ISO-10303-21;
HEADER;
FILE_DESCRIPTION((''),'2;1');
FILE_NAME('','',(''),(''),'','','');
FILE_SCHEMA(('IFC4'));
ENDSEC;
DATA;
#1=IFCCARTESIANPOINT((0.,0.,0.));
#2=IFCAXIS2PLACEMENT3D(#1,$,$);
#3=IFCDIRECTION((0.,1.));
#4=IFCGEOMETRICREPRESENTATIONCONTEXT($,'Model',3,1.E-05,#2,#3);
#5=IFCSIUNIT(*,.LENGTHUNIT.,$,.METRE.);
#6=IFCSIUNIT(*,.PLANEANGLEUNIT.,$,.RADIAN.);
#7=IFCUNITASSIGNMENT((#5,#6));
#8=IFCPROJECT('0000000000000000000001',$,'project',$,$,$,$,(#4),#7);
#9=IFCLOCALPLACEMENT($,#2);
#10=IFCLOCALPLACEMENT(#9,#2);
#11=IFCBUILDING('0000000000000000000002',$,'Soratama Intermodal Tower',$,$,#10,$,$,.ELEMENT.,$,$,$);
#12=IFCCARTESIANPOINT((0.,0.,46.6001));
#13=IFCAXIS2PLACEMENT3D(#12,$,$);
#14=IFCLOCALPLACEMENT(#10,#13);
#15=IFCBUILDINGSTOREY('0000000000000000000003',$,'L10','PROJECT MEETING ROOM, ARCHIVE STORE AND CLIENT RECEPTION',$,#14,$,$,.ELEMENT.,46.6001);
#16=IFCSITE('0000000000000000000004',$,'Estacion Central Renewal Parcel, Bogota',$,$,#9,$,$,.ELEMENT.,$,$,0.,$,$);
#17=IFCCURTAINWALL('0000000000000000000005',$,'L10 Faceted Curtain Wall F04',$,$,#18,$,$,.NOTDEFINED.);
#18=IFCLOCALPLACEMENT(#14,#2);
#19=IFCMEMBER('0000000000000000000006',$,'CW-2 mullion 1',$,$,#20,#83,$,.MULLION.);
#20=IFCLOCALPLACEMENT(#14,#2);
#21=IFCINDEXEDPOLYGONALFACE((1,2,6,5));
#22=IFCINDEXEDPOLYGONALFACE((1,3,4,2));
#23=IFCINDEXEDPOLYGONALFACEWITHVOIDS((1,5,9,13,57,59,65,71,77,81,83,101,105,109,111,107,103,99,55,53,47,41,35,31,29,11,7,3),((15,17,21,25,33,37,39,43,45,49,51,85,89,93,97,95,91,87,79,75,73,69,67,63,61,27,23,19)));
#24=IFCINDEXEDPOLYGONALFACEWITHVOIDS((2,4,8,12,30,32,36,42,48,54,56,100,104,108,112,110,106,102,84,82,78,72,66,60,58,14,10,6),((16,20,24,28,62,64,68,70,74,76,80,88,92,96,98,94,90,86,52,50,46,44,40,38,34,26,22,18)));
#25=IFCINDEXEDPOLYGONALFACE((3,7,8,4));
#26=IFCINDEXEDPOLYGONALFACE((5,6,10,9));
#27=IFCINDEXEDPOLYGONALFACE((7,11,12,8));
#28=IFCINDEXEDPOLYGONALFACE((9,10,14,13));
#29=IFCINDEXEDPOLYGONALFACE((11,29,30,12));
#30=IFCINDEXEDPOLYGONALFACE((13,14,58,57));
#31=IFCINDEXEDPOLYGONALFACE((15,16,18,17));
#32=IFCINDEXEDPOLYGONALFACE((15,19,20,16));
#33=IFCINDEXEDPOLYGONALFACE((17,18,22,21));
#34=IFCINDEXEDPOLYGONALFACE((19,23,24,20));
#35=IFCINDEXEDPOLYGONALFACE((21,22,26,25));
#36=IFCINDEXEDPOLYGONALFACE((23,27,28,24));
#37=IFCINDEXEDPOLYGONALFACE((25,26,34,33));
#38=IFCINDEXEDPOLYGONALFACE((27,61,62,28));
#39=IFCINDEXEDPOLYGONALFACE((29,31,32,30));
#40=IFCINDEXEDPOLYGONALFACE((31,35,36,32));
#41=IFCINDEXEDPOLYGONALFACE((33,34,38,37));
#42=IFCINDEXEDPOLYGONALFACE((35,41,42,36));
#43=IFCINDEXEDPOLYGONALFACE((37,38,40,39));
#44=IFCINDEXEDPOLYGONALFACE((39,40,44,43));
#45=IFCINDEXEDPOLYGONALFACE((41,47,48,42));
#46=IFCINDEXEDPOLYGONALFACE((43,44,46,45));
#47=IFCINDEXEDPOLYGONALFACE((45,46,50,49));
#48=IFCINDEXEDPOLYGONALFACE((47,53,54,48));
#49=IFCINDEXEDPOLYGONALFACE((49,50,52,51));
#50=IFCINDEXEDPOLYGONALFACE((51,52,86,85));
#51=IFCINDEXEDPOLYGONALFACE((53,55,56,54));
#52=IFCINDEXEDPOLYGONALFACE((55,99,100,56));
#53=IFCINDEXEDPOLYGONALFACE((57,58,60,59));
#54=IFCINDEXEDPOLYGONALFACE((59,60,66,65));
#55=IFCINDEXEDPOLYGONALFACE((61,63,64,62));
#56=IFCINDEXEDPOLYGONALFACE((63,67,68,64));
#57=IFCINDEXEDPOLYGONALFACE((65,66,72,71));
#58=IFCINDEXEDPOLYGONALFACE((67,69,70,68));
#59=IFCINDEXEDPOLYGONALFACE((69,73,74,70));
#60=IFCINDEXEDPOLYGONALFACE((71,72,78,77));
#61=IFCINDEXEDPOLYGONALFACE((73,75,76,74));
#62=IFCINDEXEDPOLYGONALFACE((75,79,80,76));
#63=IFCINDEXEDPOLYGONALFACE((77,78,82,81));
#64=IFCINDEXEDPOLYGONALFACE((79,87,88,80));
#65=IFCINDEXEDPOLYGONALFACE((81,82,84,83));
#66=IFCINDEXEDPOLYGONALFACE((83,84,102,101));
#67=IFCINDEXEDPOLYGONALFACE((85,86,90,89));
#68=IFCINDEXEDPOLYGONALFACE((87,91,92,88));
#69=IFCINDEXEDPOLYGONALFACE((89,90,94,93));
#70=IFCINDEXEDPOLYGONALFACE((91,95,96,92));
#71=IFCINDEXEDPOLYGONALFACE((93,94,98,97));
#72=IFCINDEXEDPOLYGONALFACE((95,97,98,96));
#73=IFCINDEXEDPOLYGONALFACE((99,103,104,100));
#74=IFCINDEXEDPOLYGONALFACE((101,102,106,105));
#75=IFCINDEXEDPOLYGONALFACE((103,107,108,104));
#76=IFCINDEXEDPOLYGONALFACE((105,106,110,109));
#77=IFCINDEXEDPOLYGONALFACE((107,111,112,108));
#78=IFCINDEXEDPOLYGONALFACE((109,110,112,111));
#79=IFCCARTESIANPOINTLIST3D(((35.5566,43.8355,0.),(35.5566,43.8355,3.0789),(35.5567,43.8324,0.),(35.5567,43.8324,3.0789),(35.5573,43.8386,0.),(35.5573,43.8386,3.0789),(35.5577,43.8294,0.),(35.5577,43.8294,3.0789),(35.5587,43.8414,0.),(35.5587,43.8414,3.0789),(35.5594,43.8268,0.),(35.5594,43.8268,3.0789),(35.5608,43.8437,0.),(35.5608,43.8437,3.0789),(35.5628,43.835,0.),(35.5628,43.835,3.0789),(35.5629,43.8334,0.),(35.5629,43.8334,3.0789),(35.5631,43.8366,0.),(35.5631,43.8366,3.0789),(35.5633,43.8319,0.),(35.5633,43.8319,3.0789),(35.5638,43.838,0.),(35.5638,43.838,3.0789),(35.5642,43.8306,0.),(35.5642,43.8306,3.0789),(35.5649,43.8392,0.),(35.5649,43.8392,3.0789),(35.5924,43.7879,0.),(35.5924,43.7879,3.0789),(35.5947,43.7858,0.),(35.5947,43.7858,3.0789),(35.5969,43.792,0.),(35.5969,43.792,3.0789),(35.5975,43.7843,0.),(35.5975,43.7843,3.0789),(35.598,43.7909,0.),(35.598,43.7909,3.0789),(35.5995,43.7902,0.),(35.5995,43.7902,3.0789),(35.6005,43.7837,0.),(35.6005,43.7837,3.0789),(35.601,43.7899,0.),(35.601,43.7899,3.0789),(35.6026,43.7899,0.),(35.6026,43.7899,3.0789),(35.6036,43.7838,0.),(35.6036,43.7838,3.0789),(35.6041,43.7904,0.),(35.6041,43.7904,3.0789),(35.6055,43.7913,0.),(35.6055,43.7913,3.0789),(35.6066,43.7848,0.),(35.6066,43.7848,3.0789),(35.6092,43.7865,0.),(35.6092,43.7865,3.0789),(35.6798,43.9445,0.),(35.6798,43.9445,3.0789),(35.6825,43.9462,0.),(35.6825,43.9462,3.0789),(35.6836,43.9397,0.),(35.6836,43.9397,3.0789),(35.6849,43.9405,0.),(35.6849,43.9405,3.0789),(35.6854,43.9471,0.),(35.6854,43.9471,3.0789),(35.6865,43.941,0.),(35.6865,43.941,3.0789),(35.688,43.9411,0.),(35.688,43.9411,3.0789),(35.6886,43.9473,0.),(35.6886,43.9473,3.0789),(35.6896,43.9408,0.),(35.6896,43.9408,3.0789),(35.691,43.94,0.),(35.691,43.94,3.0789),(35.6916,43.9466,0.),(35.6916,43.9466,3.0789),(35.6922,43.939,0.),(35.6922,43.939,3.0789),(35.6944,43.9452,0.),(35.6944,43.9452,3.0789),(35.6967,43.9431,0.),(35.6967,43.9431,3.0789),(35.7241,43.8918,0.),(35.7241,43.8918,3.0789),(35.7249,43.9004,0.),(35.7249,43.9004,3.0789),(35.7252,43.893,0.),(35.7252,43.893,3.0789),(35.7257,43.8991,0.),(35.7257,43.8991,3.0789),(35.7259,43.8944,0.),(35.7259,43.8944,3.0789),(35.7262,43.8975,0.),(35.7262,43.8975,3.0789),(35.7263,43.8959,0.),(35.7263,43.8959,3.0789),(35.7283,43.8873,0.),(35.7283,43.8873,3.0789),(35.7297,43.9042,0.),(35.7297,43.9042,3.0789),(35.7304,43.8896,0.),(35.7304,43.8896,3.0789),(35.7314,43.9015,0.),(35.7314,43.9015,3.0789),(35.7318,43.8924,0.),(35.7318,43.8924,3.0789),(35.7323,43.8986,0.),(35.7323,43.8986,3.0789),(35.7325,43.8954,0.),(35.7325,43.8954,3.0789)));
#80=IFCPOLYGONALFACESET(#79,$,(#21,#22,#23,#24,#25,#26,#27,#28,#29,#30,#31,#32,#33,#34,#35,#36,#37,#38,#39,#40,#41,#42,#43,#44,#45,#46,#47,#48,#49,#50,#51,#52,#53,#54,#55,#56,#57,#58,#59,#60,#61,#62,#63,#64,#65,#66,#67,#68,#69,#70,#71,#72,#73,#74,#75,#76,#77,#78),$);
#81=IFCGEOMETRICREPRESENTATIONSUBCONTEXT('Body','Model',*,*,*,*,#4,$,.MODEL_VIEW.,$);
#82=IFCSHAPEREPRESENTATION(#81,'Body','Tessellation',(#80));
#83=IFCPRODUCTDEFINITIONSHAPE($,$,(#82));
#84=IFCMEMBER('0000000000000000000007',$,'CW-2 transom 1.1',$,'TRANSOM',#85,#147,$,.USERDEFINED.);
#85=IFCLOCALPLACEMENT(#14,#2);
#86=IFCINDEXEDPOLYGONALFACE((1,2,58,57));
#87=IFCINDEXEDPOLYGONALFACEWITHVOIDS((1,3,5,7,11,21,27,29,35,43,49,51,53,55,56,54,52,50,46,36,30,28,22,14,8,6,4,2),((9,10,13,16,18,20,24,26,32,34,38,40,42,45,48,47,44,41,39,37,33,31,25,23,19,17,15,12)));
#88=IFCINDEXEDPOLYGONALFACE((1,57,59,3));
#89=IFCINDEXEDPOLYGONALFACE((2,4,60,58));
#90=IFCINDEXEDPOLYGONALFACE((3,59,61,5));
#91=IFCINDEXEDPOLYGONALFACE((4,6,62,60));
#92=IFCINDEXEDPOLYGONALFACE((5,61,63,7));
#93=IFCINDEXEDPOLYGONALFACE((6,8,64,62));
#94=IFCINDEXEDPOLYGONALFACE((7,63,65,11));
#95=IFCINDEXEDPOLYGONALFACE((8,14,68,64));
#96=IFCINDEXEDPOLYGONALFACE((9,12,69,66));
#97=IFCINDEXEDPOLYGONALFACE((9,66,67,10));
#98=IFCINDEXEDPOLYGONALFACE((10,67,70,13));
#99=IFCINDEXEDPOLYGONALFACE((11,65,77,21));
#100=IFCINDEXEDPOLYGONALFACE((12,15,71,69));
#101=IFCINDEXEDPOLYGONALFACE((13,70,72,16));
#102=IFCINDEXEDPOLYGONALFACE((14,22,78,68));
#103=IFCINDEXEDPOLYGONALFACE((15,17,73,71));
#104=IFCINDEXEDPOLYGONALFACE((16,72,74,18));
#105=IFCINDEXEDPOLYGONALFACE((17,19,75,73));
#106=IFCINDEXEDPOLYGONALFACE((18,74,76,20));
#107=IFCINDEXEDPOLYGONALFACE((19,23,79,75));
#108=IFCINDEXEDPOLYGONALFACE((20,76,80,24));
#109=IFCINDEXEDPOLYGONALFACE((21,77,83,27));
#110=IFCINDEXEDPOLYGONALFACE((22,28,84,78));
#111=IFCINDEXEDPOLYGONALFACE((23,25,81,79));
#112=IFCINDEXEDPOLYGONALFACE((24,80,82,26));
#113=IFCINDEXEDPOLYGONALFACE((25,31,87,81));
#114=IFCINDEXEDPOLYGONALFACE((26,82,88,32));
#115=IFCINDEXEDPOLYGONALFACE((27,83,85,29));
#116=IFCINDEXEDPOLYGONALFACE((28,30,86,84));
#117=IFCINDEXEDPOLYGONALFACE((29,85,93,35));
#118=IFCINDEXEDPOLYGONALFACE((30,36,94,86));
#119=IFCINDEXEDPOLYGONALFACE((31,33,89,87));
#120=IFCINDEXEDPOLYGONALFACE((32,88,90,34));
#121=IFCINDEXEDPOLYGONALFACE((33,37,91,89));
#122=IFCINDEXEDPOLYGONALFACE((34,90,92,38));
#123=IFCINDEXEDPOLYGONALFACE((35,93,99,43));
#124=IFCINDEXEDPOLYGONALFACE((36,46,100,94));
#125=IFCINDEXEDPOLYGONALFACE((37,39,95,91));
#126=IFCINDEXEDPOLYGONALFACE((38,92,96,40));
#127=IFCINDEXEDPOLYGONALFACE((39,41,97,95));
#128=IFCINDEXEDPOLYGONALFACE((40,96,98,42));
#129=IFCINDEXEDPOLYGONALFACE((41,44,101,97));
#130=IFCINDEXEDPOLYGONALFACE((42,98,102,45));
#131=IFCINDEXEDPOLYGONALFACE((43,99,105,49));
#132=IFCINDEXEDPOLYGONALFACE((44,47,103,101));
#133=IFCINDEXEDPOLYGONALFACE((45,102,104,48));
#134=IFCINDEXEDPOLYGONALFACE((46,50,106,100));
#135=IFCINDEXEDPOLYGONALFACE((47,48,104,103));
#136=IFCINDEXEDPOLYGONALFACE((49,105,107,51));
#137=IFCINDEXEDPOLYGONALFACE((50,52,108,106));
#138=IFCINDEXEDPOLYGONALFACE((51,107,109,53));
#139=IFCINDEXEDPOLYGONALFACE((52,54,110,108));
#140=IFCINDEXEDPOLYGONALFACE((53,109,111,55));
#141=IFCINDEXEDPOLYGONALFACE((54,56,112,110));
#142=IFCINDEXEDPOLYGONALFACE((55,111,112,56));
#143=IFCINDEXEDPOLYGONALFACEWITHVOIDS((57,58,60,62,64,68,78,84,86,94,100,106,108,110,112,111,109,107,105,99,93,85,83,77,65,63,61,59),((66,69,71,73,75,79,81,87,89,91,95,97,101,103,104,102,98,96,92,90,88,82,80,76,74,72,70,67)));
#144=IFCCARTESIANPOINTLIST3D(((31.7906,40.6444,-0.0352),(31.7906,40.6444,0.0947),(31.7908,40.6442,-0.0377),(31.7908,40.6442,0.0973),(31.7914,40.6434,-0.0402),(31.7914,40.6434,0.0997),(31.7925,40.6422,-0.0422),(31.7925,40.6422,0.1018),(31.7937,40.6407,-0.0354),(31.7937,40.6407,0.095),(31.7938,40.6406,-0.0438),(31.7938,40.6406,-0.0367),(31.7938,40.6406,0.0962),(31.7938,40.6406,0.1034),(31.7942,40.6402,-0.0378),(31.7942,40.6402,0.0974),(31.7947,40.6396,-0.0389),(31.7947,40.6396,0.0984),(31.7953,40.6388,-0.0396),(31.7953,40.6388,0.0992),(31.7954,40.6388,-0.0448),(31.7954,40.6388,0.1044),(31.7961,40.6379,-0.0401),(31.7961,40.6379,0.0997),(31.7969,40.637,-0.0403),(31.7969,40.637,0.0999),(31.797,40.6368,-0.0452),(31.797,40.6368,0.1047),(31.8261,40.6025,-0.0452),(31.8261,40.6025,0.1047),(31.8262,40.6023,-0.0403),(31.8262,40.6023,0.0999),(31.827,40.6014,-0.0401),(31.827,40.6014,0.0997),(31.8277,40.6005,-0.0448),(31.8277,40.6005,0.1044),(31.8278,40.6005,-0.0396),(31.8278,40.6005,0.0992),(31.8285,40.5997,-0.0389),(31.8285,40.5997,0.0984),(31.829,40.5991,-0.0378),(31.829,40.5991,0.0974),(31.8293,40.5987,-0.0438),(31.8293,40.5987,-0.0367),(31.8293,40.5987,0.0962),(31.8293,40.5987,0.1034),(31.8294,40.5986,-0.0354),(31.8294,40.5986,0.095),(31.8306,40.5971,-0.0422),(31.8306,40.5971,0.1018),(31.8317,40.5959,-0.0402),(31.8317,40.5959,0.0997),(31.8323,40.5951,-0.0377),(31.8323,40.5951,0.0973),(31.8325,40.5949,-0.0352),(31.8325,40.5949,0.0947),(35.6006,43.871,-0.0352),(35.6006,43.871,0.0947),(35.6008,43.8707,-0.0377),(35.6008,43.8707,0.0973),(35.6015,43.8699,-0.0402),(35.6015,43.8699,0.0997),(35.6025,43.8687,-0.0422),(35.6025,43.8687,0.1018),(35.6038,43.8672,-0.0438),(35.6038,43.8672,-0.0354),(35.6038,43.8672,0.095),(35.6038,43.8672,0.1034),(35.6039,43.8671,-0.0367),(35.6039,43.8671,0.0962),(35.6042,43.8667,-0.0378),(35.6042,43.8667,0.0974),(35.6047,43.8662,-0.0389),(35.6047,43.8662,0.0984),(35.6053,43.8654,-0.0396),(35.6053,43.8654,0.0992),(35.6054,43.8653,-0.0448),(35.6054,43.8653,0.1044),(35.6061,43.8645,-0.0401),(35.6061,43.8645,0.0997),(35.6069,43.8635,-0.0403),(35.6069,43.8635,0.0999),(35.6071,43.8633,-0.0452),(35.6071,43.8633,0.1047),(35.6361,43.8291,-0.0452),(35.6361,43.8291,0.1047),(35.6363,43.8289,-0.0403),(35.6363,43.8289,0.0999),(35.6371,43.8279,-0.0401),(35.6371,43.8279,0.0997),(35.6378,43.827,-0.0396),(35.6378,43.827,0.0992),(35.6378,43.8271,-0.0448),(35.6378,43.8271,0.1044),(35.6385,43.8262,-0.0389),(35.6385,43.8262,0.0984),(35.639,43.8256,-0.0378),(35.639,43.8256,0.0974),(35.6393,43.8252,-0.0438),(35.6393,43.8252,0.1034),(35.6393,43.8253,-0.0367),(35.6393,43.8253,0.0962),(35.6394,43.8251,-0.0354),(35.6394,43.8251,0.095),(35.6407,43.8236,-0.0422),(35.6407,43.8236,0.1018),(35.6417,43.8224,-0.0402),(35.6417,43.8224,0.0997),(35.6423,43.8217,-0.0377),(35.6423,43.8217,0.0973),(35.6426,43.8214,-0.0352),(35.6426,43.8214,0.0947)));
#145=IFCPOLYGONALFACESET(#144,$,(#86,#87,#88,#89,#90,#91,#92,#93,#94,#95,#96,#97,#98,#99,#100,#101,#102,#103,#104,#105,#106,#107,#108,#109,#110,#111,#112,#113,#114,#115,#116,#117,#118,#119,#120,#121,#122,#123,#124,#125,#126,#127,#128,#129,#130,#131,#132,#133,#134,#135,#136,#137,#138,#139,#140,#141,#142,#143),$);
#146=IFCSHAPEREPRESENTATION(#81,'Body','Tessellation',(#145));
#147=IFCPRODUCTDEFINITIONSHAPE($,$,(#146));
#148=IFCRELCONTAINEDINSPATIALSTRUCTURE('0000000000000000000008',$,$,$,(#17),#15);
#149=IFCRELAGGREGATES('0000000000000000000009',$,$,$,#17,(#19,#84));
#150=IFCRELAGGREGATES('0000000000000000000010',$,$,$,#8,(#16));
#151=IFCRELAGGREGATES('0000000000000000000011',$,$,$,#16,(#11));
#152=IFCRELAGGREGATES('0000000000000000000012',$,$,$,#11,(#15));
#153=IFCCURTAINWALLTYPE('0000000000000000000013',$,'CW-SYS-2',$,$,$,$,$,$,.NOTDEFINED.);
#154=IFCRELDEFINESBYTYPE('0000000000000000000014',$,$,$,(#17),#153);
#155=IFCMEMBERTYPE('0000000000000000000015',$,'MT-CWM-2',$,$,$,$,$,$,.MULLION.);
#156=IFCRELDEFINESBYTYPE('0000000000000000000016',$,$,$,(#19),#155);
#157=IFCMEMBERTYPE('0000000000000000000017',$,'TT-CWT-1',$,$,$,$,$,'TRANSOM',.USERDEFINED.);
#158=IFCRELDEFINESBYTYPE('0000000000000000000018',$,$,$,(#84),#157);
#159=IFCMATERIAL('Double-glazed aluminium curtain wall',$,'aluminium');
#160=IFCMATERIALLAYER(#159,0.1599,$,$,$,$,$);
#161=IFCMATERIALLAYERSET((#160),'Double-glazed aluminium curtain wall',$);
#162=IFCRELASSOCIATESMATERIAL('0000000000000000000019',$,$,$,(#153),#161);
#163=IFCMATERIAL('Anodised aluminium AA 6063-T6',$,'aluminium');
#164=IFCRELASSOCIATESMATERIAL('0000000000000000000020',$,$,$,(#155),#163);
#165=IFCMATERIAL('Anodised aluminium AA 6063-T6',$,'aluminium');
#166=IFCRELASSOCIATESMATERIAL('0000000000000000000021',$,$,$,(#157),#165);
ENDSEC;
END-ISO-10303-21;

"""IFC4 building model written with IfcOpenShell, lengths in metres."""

from ifc_helpers import new_model, si_unit, direction, frame, origin, origin_2d, place, context, subcontext, project, spatial, hollow_rectangle, extrude, material, layer, layer_set, material_profile, profile_set, type_object, element, aggregate, save


model = new_model("IFC4")

# Units and contexts
model_context = context("Model", 3, precision=1e-05, world=origin(), true_north=direction((0.0, 1.0)))
body_context = subcontext(model_context, "Body", "Model", "MODEL_VIEW")
ifc_project = project(units=[si_unit("LENGTHUNIT", "METRE"), si_unit("PLANEANGLEUNIT", "RADIAN")], contexts=[model_context])

# Site, building, storey
site_placement = place(None, origin())
site = spatial("IfcSite", under=ifc_project, at=site_placement, Name="Estacion Central Renewal Parcel, Bogota", CompositionType="ELEMENT", RefElevation=0.0)
building_placement = place(site_placement, origin())
building = spatial("IfcBuilding", under=site, at=building_placement, Name="Soratama Intermodal Tower", CompositionType="ELEMENT")
storey_placement = place(building_placement, frame((0.0, 0.0, 46.6001)))
storey = spatial("IfcBuildingStorey", under=building, at=storey_placement, Name="L10", Description="PROJECT MEETING ROOM, ARCHIVE STORE AND CLIENT RECEPTION", CompositionType="ELEMENT", Elevation=46.6001)

# Curtain wall, members
ifc_material_1 = material(Name="Double-glazed aluminium curtain wall", Category="aluminium")
ifc_layer_1 = layer(ifc_material_1, 0.1599)
ifc_layer_set_1 = layer_set([ifc_layer_1], Name="Double-glazed aluminium curtain wall")
curtain_wall_type = type_object("IfcCurtainWallType", Name="CW-SYS-2", PredefinedType="NOTDEFINED", material=ifc_layer_set_1)
curtain_wall_placement = place(storey_placement, origin())
curtain_wall = element("IfcCurtainWall", 1, at=curtain_wall_placement, inside=storey, type_object=curtain_wall_type, Name="L10 Faceted Curtain Wall F04", PredefinedType="NOTDEFINED")
ifc_material_2 = material(Name="Anodised aluminium AA 6063-T6", Category="aluminium")
ifc_material_profile_1 = material_profile(ifc_material_2, hollow_rectangle(XDim=0.075, YDim=0.1799, WallThickness=0.0061, InnerFilletRadius=0.0061, OuterFilletRadius=0.012, at=origin_2d()), Name="CWM180X75X6")
ifc_profile_set_1 = profile_set([ifc_material_profile_1], Name="Anodised aluminium AA 6063-T6")
member_type_1 = type_object("IfcMemberType", Name="MT-CWM-2", PredefinedType="MULLION", material=ifc_profile_set_1)
member_1_placement = place(storey_placement, frame((35.6445, 43.8655, 0.0), z_axis=(0.0, 0.0, 1.0), x_axis=(0.646259, -0.763118, 0.0)))
member_1 = element("IfcMember", 2, at=member_1_placement, type_object=member_type_1, Name="CW-2 mullion 1", PredefinedType="MULLION", context=body_context, shape_type="SweptSolid", body=[
    extrude(hollow_rectangle(XDim=0.075, YDim=0.1799, WallThickness=0.0061, InnerFilletRadius=0.0061, OuterFilletRadius=0.012, at=origin_2d()), origin(), (0.0, 0.0, 1.0), 3.0789),
])
ifc_material_3 = material(Name="Anodised aluminium AA 6063-T6", Category="aluminium")
ifc_material_profile_2 = material_profile(ifc_material_3, hollow_rectangle(XDim=0.0649, YDim=0.1499, WallThickness=0.0049, InnerFilletRadius=0.0049, OuterFilletRadius=0.01, at=origin_2d()), Name="CWT150X65X5")
ifc_profile_set_2 = profile_set([ifc_material_profile_2], Name="Anodised aluminium AA 6063-T6")
member_type_2 = type_object("IfcMemberType", Name="TT-CWT-1", ElementType="TRANSOM", PredefinedType="USERDEFINED", material=ifc_profile_set_2)
member_2_placement = place(storey_placement, frame((35.6216, 43.8462, 0.0298), z_axis=(-0.763123, -0.646253, 0.0), x_axis=(0.646253, -0.763123, 0.0)))
member_2 = element("IfcMember", 3, at=member_2_placement, type_object=member_type_2, Name="CW-2 transom 1.1", ObjectType="TRANSOM", PredefinedType="USERDEFINED", context=body_context, shape_type="SweptSolid", body=[
    extrude(hollow_rectangle(XDim=0.0649, YDim=0.1499, WallThickness=0.0049, InnerFilletRadius=0.0049, OuterFilletRadius=0.01, at=origin_2d()), origin(), (0.0, 0.0, 1.0), 4.9927),
])
aggregate(curtain_wall, [member_1, member_2])

save(model, "model.ifc")
